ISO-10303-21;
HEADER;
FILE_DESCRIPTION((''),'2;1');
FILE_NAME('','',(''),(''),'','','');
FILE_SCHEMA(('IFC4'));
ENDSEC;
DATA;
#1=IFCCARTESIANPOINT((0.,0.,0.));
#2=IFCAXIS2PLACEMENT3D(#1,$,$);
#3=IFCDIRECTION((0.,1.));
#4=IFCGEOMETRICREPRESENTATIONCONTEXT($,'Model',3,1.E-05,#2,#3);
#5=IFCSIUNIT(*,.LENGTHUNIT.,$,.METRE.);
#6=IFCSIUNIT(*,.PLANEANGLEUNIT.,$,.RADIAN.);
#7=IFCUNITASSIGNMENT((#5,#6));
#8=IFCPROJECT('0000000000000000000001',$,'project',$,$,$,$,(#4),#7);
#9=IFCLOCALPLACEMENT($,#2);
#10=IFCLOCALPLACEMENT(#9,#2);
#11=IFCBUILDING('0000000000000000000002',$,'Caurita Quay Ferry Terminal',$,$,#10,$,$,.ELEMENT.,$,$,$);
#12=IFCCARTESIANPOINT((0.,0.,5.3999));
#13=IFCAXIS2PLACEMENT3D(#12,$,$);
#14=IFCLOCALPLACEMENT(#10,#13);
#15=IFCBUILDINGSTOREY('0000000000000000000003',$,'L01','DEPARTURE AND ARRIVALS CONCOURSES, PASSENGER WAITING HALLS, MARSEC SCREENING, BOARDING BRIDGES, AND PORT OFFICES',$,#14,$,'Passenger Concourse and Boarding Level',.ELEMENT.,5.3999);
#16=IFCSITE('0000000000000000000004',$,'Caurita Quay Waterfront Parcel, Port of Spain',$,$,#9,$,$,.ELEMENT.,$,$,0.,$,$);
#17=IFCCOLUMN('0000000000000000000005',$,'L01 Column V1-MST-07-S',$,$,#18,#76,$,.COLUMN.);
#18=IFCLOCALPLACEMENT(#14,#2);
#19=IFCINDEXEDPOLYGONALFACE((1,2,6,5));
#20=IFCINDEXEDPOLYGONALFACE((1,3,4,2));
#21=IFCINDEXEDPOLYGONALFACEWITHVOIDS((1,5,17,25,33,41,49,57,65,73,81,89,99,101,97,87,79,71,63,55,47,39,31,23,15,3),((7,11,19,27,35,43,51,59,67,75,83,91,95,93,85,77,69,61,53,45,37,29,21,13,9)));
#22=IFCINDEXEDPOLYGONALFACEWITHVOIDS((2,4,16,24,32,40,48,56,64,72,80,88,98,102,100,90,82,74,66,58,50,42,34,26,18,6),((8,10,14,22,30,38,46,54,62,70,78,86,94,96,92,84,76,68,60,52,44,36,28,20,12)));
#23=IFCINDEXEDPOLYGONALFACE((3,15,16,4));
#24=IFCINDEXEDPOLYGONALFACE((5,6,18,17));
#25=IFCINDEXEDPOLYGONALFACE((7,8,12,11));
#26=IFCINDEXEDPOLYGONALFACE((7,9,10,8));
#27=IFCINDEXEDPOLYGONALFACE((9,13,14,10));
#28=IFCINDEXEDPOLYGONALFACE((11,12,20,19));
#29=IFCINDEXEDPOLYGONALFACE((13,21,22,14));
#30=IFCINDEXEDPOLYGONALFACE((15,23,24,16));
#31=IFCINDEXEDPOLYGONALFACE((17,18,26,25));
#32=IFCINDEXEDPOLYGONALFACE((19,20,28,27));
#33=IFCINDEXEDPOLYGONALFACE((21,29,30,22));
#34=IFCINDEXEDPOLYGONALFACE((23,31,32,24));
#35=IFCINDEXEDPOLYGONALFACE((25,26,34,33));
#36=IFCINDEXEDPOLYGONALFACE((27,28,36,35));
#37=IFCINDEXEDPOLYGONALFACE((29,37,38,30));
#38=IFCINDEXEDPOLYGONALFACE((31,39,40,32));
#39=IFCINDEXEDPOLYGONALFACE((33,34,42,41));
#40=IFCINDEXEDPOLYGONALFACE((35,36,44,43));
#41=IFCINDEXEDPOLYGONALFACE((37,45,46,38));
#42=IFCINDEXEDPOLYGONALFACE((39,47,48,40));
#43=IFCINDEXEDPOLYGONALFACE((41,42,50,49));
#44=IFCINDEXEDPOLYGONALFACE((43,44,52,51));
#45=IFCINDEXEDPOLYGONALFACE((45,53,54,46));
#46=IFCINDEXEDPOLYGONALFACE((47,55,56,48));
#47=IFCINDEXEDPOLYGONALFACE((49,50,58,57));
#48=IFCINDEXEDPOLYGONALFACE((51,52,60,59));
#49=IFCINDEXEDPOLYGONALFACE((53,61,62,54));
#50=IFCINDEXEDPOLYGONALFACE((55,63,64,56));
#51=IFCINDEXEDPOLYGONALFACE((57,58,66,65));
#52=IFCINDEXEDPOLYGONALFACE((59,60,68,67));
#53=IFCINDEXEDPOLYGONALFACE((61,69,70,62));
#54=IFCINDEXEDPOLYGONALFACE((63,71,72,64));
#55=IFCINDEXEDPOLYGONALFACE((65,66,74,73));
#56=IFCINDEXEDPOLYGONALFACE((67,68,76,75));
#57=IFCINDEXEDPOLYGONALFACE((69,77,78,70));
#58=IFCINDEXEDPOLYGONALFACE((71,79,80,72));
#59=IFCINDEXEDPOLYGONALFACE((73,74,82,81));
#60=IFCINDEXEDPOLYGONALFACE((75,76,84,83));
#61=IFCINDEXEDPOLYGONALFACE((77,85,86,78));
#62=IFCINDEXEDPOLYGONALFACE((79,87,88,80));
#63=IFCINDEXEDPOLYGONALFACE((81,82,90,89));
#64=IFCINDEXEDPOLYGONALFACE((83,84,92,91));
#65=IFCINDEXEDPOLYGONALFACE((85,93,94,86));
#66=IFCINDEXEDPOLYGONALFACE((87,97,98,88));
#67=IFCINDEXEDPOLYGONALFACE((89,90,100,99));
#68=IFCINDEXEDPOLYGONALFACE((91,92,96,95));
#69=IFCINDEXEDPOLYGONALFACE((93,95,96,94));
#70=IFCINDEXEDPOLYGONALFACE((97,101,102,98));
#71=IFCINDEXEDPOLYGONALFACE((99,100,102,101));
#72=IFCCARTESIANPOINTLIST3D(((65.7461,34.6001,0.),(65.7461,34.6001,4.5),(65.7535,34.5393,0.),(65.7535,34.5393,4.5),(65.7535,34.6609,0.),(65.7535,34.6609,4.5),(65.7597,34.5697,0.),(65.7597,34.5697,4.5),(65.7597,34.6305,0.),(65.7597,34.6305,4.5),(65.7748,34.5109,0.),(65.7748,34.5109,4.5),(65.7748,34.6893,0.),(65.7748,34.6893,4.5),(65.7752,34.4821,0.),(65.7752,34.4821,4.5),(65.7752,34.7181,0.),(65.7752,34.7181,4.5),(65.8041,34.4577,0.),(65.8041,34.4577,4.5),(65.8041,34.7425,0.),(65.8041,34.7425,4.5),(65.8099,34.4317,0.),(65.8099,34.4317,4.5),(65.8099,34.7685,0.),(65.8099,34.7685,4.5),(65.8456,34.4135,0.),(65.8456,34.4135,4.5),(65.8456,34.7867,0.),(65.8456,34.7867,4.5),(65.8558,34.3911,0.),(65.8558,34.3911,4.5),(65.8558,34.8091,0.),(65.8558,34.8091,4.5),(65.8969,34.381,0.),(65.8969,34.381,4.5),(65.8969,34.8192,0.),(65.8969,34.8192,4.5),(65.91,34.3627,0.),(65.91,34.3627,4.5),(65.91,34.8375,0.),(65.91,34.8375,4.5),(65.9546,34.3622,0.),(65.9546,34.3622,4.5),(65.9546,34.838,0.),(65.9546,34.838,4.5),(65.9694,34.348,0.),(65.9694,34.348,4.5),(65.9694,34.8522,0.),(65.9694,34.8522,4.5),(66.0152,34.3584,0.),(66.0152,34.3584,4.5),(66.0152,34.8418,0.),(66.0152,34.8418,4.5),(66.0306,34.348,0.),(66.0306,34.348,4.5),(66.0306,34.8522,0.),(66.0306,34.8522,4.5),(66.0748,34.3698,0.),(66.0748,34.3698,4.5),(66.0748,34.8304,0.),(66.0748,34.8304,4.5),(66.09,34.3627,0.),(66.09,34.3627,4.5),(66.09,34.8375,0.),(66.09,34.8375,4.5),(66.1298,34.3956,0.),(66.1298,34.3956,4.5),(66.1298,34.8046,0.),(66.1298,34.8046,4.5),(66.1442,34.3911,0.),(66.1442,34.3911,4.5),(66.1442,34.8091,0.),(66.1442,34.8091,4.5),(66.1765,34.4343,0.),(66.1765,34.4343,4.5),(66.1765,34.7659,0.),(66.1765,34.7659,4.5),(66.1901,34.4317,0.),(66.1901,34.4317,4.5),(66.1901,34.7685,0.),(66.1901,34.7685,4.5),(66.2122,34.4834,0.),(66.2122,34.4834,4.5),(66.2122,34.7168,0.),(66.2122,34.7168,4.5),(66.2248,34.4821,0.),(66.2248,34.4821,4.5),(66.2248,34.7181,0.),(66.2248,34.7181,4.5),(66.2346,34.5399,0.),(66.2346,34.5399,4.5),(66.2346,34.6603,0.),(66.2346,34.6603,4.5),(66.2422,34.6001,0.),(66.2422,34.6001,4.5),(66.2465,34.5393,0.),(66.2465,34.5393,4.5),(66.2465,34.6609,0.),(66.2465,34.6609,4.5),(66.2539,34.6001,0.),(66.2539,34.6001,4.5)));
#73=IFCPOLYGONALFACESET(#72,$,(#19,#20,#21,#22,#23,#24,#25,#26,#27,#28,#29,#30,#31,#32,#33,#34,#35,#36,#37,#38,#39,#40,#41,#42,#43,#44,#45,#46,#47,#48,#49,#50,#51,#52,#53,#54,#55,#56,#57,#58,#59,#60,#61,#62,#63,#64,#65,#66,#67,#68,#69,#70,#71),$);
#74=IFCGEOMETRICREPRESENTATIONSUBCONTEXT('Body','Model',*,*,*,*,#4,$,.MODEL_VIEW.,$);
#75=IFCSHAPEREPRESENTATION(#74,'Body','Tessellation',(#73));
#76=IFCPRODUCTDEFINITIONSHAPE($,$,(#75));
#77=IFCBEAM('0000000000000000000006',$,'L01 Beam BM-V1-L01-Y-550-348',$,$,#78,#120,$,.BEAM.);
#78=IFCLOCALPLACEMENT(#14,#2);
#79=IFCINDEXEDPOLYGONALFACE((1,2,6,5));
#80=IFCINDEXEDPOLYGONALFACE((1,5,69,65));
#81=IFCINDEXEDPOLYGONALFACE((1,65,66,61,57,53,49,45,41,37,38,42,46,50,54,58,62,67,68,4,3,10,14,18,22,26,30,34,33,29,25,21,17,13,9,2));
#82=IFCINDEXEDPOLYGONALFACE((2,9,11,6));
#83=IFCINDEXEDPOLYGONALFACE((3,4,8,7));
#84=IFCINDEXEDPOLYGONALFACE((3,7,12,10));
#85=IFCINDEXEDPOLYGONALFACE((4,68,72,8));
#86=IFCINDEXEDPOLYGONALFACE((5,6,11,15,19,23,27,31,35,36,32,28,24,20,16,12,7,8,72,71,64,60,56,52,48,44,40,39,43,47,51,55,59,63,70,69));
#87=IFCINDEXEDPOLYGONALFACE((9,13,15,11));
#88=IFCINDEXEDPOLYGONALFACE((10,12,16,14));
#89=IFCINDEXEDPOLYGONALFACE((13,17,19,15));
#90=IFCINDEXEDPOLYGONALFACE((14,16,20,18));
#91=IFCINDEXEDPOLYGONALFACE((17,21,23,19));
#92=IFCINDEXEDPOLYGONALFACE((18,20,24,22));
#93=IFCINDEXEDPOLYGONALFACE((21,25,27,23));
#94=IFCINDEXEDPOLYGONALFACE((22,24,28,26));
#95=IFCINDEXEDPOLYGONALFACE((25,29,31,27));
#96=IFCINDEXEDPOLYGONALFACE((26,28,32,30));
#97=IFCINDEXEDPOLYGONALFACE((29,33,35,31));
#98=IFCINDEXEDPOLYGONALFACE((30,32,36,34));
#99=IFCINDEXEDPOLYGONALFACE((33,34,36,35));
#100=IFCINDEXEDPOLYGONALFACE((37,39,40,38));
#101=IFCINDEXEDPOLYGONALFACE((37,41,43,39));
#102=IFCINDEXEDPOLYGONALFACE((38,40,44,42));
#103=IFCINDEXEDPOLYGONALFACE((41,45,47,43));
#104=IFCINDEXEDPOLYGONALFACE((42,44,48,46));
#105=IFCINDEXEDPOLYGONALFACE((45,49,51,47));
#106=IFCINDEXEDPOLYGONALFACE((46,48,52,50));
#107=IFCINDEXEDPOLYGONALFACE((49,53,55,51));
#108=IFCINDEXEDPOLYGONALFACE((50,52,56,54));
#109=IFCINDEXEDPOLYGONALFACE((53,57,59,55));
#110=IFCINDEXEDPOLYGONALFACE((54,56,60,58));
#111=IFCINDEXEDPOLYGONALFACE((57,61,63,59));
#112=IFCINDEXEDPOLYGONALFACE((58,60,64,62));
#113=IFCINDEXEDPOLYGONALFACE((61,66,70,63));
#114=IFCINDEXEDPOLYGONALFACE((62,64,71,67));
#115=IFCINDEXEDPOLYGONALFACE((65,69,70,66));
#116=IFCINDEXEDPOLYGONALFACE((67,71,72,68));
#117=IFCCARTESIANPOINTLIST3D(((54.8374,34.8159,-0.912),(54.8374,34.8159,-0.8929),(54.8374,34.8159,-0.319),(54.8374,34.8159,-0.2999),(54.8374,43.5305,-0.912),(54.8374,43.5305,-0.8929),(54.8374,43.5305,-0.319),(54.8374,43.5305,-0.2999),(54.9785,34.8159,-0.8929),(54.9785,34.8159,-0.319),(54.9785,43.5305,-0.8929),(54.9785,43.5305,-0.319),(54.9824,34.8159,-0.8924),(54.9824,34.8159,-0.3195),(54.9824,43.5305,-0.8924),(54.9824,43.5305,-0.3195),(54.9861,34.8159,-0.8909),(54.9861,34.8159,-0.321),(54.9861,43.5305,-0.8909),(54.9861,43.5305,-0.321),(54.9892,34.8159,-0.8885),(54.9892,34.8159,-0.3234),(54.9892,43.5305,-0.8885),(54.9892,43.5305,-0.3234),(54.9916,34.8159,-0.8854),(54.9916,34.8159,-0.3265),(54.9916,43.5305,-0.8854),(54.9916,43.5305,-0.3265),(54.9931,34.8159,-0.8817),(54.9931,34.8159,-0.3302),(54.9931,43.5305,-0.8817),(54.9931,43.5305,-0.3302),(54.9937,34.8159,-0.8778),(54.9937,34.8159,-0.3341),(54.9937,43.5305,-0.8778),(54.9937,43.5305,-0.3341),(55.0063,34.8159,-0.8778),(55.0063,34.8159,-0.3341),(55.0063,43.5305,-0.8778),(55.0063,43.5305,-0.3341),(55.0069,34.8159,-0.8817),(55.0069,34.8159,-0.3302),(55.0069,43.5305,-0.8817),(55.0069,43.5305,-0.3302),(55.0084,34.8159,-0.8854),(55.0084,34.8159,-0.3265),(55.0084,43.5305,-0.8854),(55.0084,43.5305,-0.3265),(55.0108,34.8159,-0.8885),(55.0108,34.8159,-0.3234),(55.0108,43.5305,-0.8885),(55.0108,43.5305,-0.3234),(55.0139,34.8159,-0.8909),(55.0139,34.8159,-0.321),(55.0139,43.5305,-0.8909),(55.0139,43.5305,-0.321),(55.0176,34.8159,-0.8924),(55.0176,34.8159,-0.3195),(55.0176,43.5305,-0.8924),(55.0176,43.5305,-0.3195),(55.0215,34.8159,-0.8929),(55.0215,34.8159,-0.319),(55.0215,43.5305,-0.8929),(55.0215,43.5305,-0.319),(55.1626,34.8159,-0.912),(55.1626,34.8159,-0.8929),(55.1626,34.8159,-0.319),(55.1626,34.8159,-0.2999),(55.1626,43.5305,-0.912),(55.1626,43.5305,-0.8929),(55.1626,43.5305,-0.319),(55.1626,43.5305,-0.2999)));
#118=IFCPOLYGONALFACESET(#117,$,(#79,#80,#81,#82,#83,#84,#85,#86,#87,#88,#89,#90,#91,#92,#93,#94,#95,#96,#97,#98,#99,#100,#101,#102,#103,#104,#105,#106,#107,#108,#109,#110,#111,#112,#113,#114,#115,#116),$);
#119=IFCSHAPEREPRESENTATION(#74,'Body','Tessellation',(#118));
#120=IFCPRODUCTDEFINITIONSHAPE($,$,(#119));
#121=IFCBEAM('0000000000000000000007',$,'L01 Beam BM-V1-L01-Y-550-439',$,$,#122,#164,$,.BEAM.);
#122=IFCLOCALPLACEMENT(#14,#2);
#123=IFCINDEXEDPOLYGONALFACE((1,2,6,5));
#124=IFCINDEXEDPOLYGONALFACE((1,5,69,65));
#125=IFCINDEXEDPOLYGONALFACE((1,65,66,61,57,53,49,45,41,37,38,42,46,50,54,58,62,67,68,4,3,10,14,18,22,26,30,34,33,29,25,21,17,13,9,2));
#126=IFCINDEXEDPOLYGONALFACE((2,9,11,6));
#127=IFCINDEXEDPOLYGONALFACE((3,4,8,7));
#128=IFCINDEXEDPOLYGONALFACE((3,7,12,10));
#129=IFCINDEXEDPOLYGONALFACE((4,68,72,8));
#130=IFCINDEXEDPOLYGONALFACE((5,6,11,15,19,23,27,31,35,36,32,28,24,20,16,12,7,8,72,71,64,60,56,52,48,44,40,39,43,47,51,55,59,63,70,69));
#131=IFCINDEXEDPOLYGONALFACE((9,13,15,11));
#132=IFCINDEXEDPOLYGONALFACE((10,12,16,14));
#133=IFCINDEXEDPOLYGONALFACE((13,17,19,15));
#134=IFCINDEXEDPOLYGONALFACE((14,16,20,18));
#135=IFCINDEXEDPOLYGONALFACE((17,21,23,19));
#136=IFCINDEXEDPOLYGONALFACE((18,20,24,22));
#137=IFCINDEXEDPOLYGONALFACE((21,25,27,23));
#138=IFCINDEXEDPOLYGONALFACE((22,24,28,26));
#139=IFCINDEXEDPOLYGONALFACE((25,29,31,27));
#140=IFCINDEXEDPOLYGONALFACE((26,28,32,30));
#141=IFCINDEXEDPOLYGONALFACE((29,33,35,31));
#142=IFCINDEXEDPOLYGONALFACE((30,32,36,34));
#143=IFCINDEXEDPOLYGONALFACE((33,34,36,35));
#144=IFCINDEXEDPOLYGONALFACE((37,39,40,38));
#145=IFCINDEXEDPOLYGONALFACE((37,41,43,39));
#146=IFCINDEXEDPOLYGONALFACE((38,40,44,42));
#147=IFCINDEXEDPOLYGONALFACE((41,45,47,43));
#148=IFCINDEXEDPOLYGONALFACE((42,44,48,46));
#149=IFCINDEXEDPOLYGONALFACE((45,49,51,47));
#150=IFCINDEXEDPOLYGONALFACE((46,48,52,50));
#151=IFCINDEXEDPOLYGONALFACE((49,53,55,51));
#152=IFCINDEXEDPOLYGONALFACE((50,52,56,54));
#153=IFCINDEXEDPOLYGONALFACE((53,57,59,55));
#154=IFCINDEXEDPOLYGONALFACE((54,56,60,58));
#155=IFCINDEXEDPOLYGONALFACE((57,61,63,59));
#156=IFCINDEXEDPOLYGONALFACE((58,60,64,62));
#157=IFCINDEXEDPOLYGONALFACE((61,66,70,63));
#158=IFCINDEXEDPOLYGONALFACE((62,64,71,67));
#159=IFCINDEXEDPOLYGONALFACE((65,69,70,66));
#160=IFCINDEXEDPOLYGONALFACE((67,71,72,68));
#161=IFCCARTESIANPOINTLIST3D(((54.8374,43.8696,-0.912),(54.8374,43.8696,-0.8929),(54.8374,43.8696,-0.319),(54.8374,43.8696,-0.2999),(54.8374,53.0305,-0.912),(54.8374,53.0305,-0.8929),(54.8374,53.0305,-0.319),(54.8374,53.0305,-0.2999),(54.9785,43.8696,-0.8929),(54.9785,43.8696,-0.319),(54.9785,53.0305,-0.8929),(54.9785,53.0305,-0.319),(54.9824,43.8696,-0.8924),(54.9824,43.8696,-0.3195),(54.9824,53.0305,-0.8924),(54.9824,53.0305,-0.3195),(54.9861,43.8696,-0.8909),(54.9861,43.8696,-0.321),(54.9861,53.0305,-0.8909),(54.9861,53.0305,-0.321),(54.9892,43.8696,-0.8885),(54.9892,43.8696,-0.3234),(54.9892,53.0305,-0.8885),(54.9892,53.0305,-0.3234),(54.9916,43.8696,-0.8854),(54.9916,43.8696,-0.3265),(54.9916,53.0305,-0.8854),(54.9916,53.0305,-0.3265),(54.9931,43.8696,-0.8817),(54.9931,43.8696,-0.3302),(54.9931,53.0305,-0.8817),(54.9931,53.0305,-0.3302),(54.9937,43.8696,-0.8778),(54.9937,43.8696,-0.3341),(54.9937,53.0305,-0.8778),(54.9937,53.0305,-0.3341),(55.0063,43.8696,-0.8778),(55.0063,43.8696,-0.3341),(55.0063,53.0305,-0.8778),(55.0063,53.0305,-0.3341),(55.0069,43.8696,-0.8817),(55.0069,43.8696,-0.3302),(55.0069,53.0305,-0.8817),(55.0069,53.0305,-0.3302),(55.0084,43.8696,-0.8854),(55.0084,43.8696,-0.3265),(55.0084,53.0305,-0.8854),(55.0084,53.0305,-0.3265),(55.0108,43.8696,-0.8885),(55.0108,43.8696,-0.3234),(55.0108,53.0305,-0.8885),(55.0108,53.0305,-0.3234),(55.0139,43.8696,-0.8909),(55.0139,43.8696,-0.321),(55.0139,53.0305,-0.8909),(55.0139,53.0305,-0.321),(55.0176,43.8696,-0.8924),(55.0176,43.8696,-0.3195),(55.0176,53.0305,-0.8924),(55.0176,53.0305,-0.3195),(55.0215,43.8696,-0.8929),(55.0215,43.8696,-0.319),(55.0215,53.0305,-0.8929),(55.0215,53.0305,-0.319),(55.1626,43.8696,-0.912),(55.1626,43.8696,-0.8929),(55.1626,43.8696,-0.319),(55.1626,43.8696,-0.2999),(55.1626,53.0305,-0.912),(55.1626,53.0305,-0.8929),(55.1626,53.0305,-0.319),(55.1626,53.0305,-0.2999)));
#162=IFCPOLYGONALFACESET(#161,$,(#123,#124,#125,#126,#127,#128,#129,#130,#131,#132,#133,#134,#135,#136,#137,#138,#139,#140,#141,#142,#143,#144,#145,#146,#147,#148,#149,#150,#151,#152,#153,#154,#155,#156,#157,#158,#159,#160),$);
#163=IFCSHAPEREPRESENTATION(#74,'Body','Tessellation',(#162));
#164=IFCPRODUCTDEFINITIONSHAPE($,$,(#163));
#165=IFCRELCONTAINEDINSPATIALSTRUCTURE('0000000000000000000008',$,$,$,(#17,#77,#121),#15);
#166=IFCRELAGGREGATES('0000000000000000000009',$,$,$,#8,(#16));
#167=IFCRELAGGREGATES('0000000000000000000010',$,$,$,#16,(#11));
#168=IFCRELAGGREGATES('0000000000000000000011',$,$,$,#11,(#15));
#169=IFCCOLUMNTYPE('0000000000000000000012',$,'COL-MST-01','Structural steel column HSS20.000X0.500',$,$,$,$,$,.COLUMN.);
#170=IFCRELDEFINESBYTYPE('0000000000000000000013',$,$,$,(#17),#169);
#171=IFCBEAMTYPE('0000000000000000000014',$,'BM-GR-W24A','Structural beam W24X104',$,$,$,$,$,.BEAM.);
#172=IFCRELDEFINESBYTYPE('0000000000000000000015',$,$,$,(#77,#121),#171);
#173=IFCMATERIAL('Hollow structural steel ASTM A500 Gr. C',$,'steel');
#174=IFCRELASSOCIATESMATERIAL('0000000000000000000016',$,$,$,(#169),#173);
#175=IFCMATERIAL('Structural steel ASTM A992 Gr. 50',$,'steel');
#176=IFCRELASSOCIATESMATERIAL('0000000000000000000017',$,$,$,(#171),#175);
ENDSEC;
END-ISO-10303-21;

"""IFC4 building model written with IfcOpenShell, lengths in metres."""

from ifc_helpers import new_model, si_unit, direction, frame, origin, origin_2d, place, context, subcontext, project, spatial, hollow_circle, i_section, extrude, material, material_profile, profile_set, type_object, element, save


model = new_model("IFC4")

# Units and contexts
model_context = context("Model", 3, precision=1e-05, world=origin(), true_north=direction((0.0, 1.0)))
body_context = subcontext(model_context, "Body", "Model", "MODEL_VIEW")
ifc_project = project(units=[si_unit("LENGTHUNIT", "METRE"), si_unit("PLANEANGLEUNIT", "RADIAN")], contexts=[model_context])

# Site, building, storey
site_placement = place(None, origin())
site = spatial("IfcSite", under=ifc_project, at=site_placement, Name="Caurita Quay Waterfront Parcel, Port of Spain", CompositionType="ELEMENT", RefElevation=0.0)
building_placement = place(site_placement, origin())
building = spatial("IfcBuilding", under=site, at=building_placement, Name="Caurita Quay Ferry Terminal", CompositionType="ELEMENT")
storey_placement = place(building_placement, frame((0.0, 0.0, 5.3999)))
storey = spatial("IfcBuildingStorey", under=building, at=storey_placement, Name="L01", Description="DEPARTURE AND ARRIVALS CONCOURSES, PASSENGER WAITING HALLS, MARSEC SCREENING, BOARDING BRIDGES, AND PORT OFFICES", LongName="Passenger Concourse and Boarding Level", CompositionType="ELEMENT", Elevation=5.3999)

# Column
ifc_material_1 = material(Name="Hollow structural steel ASTM A500 Gr. C", Category="steel")
ifc_material_profile_1 = material_profile(ifc_material_1, hollow_circle(Radius=0.2539, WallThickness=0.0117, at=origin_2d()), Name="HSS20.000X0.500")
ifc_profile_set_1 = profile_set([ifc_material_profile_1], Name="Hollow structural steel ASTM A500 Gr. C")
column_type = type_object("IfcColumnType", Name="COL-MST-01", Description="Structural steel column HSS20.000X0.500", PredefinedType="COLUMN", material=ifc_profile_set_1)
column_placement = place(storey_placement, frame((66.0, 34.6001, 0.0), z_axis=(0.0, 0.0, 1.0), x_axis=(1.0, 0.0, 0.0)))
element("IfcColumn", 1, at=column_placement, inside=storey, type_object=column_type, Name="L01 Column V1-MST-07-S", PredefinedType="COLUMN", context=body_context, shape_type="SweptSolid", body=[
    extrude(hollow_circle(Radius=0.2539, WallThickness=0.0117, at=origin_2d()), origin(), (0.0, 0.0, 1.0), 4.5),
])

# Beams
ifc_material_2 = material(Name="Structural steel ASTM A992 Gr. 50", Category="steel")
ifc_material_profile_2 = material_profile(ifc_material_2, i_section(OverallWidth=0.3252, OverallDepth=0.6121, WebThickness=0.0127, FlangeThickness=0.019, FilletRadius=0.0151, at=origin_2d()), Name="W24X104")
ifc_profile_set_2 = profile_set([ifc_material_profile_2], Name="Structural steel ASTM A992 Gr. 50")
beam_type_1 = type_object("IfcBeamType", Name="BM-GR-W24A", Description="Structural beam W24X104", PredefinedType="BEAM", material=ifc_profile_set_2)
beam_1_placement = place(storey_placement, frame((55.0, 34.8159, -0.606), z_axis=(0.0, 1.0, 0.0), x_axis=(-1.0, 0.0, 0.0)))
element("IfcBeam", 2, at=beam_1_placement, inside=storey, type_object=beam_type_1, Name="L01 Beam BM-V1-L01-Y-550-348", PredefinedType="BEAM", context=body_context, shape_type="SweptSolid", body=[
    extrude(i_section(OverallWidth=0.3252, OverallDepth=0.6121, WebThickness=0.0127, FlangeThickness=0.019, FilletRadius=0.0151, at=origin_2d()), origin(), (0.0, 0.0, 1.0), 8.7146),
])
beam_2_placement = place(storey_placement, frame((55.0, 43.8696, -0.606), z_axis=(0.0, 1.0, 0.0), x_axis=(-1.0, 0.0, 0.0)))
element("IfcBeam", 3, at=beam_2_placement, inside=storey, type_object=beam_type_1, Name="L01 Beam BM-V1-L01-Y-550-439", PredefinedType="BEAM", context=body_context, shape_type="SweptSolid", body=[
    extrude(i_section(OverallWidth=0.3252, OverallDepth=0.6121, WebThickness=0.0127, FlangeThickness=0.019, FilletRadius=0.0151, at=origin_2d()), origin(), (0.0, 0.0, 1.0), 9.1609),
])

save(model, "model.ifc")
